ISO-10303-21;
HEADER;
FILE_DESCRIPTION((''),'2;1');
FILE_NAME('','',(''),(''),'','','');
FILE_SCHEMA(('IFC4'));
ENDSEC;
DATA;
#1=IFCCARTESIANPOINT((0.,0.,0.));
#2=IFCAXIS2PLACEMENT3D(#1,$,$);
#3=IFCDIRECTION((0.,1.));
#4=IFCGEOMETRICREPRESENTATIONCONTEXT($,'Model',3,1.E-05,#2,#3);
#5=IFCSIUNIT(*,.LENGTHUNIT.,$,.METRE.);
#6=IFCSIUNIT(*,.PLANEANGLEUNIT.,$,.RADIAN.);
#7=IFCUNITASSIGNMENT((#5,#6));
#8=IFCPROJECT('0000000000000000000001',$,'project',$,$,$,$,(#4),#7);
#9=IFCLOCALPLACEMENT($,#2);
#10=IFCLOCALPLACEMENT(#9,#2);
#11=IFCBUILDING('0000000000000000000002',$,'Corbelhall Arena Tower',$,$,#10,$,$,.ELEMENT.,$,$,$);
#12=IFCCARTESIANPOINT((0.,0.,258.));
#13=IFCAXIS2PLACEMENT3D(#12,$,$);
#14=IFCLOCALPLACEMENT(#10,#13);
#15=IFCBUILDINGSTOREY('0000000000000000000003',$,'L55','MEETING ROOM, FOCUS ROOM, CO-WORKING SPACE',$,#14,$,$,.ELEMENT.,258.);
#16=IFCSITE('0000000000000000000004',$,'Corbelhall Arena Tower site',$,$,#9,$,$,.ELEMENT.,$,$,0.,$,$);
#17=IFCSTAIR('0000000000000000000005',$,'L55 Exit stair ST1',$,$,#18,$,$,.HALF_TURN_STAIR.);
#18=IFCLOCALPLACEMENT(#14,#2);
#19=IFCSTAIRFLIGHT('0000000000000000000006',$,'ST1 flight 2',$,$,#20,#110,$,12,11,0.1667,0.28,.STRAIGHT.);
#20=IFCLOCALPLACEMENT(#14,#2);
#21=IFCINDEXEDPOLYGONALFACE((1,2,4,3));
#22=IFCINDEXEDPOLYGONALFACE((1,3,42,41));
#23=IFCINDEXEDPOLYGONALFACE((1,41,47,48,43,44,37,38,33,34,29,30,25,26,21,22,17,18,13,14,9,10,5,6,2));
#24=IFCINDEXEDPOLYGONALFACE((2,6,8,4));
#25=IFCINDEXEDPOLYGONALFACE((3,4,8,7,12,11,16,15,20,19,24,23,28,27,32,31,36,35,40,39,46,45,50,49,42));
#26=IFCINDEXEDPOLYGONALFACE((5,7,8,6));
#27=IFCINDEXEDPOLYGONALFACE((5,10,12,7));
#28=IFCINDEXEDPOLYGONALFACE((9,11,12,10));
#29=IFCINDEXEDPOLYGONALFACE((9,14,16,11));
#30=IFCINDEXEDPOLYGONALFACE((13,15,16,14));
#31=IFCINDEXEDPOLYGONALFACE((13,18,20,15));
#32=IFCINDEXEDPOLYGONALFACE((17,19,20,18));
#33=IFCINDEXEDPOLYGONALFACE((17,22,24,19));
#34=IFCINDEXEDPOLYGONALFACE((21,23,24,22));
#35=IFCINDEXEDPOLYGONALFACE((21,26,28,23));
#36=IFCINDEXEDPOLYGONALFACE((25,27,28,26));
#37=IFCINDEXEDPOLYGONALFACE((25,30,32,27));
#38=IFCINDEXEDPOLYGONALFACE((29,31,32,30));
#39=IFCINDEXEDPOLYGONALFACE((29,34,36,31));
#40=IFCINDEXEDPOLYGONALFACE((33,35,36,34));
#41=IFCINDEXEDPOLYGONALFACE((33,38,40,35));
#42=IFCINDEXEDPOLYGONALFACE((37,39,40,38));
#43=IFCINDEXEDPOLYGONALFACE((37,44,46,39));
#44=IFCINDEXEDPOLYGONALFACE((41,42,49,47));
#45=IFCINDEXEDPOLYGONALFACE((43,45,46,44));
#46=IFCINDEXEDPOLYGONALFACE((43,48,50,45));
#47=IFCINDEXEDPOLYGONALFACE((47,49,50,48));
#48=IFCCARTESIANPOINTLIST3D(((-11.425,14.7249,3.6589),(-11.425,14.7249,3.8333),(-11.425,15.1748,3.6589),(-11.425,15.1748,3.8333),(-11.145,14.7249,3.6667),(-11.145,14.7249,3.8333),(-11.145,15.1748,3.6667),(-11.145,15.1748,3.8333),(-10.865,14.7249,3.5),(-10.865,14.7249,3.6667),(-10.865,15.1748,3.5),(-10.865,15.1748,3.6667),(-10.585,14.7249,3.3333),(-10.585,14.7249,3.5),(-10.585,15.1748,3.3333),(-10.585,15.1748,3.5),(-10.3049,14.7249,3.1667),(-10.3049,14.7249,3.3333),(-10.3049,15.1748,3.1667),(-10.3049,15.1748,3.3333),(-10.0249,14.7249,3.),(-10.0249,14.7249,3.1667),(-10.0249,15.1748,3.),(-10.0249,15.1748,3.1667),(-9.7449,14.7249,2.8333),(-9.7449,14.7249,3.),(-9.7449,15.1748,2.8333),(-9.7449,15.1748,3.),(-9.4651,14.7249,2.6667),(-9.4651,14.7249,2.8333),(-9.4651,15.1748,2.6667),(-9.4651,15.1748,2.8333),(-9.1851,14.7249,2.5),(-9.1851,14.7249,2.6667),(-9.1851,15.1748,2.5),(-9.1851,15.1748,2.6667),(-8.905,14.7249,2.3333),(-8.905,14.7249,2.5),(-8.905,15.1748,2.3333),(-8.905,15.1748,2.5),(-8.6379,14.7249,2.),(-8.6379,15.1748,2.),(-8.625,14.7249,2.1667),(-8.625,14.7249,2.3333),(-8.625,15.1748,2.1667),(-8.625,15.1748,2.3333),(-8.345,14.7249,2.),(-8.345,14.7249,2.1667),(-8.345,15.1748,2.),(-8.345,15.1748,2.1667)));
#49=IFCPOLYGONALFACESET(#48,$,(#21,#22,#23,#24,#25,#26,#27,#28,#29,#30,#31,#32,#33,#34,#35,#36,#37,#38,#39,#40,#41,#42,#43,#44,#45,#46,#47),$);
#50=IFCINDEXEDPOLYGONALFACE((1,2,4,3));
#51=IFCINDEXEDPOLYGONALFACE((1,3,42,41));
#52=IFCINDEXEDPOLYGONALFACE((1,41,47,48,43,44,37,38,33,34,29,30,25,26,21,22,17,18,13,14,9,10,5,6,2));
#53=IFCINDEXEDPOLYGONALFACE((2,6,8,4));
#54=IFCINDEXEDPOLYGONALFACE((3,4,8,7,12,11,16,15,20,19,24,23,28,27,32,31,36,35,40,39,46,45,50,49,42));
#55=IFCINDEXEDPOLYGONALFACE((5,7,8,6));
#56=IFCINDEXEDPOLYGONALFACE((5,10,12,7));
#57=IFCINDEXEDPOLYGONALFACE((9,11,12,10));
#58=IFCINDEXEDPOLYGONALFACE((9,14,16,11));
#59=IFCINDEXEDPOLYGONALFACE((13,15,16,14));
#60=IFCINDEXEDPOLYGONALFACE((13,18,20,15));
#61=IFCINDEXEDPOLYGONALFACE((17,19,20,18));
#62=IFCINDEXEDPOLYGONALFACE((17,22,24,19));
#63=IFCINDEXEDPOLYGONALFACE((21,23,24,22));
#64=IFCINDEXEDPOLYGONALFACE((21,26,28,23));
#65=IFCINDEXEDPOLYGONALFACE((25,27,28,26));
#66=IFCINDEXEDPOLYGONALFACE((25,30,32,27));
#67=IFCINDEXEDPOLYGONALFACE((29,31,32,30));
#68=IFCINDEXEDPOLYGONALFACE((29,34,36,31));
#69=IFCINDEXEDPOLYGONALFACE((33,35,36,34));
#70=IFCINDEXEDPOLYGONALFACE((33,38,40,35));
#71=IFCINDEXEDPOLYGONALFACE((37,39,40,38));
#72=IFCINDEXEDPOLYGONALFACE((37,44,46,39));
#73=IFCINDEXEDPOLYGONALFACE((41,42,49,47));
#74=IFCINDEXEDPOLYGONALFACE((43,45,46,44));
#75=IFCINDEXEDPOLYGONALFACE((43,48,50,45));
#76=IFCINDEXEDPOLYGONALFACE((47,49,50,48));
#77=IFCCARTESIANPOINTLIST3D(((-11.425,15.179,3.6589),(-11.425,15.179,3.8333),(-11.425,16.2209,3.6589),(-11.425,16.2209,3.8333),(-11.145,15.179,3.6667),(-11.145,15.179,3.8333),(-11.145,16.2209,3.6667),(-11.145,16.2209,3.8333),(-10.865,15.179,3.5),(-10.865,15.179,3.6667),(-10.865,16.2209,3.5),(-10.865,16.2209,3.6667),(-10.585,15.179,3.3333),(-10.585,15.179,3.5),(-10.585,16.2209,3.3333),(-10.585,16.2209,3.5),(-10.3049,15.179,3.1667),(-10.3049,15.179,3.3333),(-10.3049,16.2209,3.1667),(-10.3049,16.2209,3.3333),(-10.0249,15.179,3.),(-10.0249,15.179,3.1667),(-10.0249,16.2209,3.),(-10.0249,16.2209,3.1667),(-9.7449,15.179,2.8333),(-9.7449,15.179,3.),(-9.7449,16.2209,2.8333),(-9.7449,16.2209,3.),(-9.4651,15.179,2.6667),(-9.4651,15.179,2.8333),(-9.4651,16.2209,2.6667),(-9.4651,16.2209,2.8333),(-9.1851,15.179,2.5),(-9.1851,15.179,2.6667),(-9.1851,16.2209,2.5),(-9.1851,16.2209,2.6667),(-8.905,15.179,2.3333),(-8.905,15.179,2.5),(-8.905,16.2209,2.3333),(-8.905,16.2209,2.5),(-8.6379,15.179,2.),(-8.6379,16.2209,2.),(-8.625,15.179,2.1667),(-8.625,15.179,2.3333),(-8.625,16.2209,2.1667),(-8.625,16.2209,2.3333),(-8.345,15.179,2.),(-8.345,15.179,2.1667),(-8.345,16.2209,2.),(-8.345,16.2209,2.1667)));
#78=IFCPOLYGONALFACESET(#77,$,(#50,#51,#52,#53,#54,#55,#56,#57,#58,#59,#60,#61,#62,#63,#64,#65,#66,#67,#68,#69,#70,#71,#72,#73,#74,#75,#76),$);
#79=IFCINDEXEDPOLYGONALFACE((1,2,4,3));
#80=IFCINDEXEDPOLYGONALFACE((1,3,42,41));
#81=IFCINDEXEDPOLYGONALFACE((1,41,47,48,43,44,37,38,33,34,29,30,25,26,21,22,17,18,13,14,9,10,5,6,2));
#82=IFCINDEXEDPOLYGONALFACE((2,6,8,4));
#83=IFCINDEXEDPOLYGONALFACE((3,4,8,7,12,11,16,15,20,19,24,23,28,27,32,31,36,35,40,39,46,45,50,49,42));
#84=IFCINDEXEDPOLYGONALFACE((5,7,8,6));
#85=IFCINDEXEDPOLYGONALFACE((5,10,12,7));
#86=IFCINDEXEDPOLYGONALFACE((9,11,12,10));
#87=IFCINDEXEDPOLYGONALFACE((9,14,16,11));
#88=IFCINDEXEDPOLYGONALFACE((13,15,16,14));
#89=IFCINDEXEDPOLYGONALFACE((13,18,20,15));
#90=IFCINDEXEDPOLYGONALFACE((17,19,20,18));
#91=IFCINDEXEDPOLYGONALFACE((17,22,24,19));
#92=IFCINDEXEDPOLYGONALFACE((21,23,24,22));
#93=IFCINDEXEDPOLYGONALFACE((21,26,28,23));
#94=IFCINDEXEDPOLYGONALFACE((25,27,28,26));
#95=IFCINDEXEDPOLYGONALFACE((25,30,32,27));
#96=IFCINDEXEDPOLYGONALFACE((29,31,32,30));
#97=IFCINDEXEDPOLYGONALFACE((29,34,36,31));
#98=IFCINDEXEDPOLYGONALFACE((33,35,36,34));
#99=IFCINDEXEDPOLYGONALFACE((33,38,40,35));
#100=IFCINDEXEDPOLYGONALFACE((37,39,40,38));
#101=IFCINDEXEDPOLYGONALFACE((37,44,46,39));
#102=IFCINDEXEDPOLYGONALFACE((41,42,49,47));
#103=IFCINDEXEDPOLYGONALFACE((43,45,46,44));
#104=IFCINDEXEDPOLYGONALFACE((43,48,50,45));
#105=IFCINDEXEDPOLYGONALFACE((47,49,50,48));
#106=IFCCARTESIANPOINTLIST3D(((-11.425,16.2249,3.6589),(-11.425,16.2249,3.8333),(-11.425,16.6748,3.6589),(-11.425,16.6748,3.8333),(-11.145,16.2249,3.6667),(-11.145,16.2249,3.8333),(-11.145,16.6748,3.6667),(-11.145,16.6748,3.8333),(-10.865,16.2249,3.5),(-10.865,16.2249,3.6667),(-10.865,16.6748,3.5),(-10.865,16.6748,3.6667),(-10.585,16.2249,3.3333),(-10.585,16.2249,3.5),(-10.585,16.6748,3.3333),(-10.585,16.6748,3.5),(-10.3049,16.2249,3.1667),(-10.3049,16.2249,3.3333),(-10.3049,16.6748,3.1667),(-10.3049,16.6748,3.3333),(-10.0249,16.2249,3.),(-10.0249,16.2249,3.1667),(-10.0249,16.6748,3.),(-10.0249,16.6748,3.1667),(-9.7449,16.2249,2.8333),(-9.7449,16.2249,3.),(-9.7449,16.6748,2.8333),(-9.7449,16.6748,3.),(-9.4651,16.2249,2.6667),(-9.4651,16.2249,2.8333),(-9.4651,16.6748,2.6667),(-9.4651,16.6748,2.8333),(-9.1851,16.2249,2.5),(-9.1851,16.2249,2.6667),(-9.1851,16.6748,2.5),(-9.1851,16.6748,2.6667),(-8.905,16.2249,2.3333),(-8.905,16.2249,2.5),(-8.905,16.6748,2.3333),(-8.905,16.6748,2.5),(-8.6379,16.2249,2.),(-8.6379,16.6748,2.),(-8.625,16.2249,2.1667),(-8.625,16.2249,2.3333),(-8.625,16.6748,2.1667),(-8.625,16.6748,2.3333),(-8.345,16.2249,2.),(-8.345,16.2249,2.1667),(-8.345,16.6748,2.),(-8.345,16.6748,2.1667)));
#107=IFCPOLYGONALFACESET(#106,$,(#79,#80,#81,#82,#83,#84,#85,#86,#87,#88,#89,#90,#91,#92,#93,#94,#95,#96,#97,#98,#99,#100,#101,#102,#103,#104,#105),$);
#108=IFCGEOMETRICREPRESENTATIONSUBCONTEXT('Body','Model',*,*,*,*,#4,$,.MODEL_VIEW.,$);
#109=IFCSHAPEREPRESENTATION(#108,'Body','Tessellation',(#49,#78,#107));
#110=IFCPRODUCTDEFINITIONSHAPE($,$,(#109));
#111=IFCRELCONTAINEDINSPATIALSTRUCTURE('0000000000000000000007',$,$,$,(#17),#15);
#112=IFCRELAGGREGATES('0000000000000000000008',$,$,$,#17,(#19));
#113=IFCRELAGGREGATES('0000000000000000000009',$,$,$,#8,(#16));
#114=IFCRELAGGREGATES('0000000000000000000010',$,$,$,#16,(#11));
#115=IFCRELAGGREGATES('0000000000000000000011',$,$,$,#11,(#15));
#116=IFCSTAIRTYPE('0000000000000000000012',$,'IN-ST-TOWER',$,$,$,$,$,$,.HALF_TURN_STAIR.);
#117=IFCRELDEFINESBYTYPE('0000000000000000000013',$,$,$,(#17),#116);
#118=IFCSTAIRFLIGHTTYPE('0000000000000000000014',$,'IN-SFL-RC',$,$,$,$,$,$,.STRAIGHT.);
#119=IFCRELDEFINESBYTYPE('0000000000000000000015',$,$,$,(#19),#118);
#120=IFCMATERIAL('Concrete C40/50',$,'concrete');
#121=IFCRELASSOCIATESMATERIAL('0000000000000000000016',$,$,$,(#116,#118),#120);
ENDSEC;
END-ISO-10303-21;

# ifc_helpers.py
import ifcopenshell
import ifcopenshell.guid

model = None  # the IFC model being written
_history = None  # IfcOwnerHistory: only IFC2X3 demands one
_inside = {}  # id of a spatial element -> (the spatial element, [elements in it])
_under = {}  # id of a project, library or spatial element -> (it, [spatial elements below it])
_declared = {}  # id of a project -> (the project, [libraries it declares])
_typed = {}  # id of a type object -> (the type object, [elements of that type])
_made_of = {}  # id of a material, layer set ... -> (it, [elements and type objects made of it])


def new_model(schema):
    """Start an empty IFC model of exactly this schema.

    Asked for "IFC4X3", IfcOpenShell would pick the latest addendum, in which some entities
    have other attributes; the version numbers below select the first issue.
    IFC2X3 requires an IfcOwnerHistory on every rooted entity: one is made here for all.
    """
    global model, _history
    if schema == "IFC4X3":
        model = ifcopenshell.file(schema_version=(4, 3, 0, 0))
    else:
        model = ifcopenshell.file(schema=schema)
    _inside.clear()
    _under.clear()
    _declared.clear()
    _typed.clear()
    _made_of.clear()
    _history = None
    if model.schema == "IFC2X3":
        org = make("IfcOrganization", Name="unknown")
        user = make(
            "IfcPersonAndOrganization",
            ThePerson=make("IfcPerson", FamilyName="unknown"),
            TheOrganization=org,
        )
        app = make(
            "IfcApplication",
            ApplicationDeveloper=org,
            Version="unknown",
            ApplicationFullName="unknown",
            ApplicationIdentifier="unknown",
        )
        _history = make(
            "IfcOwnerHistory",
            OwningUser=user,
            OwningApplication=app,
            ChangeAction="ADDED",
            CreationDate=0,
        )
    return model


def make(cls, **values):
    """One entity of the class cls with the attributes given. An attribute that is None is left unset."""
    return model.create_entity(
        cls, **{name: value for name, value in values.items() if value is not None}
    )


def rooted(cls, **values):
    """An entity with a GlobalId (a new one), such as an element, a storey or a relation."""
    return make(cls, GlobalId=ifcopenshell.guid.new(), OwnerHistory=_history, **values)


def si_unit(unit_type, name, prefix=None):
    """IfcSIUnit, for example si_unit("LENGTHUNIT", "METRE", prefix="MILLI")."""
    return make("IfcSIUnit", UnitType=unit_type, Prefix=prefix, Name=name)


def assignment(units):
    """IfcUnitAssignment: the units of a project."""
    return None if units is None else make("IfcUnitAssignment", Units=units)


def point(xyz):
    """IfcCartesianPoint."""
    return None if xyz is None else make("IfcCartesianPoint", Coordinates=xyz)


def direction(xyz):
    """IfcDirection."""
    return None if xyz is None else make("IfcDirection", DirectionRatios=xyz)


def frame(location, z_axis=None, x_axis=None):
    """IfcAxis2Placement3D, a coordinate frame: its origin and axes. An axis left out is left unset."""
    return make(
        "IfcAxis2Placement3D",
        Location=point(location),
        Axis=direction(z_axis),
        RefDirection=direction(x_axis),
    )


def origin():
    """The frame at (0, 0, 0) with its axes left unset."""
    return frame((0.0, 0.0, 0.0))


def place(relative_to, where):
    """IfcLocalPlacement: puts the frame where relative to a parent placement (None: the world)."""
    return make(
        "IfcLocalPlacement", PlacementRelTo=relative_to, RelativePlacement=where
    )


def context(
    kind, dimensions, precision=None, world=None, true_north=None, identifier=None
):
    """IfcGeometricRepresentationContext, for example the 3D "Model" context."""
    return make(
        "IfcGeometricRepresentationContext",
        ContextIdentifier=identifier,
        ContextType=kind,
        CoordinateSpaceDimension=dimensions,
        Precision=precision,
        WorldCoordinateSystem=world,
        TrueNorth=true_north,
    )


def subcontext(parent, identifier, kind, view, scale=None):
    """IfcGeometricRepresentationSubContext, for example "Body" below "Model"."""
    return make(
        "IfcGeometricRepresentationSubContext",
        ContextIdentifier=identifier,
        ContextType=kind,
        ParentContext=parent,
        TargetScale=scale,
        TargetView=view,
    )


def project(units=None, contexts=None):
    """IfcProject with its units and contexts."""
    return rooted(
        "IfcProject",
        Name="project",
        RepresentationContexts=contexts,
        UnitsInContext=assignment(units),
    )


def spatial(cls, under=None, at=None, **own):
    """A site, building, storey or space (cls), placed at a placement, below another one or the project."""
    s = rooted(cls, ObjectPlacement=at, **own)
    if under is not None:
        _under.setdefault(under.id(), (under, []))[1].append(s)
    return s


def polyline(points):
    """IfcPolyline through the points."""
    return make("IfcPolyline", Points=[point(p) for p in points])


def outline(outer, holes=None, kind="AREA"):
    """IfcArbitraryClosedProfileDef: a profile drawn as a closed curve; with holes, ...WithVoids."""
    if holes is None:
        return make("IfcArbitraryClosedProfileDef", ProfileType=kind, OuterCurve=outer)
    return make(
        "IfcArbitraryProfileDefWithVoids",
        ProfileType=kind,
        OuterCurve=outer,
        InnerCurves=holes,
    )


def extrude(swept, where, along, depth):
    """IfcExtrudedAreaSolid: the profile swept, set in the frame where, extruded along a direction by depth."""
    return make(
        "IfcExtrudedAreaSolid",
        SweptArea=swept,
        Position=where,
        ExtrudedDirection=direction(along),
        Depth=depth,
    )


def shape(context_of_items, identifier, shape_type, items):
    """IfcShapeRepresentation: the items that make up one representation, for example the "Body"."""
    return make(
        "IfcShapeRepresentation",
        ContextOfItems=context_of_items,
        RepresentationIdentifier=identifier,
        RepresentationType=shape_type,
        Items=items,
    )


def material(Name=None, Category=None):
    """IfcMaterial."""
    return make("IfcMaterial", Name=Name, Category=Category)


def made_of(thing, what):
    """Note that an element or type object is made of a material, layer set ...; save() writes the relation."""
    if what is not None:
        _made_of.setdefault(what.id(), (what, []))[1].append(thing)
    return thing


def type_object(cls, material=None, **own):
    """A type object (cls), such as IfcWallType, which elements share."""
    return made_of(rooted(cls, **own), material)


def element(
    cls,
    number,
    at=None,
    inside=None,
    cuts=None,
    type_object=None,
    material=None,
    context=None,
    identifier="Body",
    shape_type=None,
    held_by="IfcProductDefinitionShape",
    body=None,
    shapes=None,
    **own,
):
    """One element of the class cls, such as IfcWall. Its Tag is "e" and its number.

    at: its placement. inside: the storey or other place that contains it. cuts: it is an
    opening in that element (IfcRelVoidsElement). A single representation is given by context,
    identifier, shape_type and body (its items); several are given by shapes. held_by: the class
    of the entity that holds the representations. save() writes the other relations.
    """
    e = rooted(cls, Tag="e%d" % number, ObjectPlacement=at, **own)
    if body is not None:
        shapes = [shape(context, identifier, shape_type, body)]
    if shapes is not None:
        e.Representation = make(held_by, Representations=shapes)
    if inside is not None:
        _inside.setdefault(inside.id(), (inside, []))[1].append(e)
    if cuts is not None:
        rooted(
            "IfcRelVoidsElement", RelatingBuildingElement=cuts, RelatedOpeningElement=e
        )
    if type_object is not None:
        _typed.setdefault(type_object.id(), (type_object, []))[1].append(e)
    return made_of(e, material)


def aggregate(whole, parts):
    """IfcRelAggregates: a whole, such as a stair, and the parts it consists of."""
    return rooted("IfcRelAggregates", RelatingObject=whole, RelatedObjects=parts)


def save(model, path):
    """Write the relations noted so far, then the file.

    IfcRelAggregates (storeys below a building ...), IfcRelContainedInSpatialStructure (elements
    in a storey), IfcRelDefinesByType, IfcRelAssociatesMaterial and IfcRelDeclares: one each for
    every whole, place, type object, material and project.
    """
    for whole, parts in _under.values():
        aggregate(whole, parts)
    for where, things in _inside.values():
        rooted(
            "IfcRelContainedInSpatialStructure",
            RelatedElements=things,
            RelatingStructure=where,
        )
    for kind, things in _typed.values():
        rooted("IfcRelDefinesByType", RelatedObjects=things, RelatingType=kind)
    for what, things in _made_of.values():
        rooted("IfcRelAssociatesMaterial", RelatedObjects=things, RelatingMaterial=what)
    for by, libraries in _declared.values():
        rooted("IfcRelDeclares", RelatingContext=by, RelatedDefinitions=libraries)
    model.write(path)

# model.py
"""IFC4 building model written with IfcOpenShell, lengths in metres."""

from ifc_helpers import new_model, si_unit, direction, frame, origin, place, context, subcontext, project, spatial, polyline, outline, extrude, material, type_object, element, aggregate, save


model = new_model("IFC4")

# Units and contexts
model_context = context("Model", 3, precision=1e-05, world=origin(), true_north=direction((0.0, 1.0)))
body_context = subcontext(model_context, "Body", "Model", "MODEL_VIEW")
ifc_project = project(units=[si_unit("LENGTHUNIT", "METRE"), si_unit("PLANEANGLEUNIT", "RADIAN")], contexts=[model_context])

# Site, building, storey
site_placement = place(None, origin())
site = spatial("IfcSite", under=ifc_project, at=site_placement, Name="Corbelhall Arena Tower site", CompositionType="ELEMENT", RefElevation=0.0)
building_placement = place(site_placement, origin())
building = spatial("IfcBuilding", under=site, at=building_placement, Name="Corbelhall Arena Tower", CompositionType="ELEMENT")
storey_placement = place(building_placement, frame((0.0, 0.0, 258.0)))
storey = spatial("IfcBuildingStorey", under=building, at=storey_placement, Name="L55", Description="MEETING ROOM, FOCUS ROOM, CO-WORKING SPACE", CompositionType="ELEMENT", Elevation=258.0)

# Shared definitions
ifc_material_1 = material(Name="Concrete C40/50", Category="concrete")

# Stair, stair flight
stair_type = type_object("IfcStairType", Name="IN-ST-TOWER", PredefinedType="HALF_TURN_STAIR", material=ifc_material_1)
stair_placement = place(storey_placement, origin())
stair = element("IfcStair", 1, at=stair_placement, inside=storey, type_object=stair_type, Name="L55 Exit stair ST1", PredefinedType="HALF_TURN_STAIR")
stair_flight_type = type_object("IfcStairFlightType", Name="IN-SFL-RC", PredefinedType="STRAIGHT", material=ifc_material_1)
stair_flight_1_placement = place(storey_placement, frame((-8.345, 15.7, 2.0), z_axis=(0.0, 0.0, 1.0), x_axis=(-1.0, 0.0, 0.0)))
stair_flight_1 = element("IfcStairFlight", 2, at=stair_flight_1_placement, type_object=stair_flight_type, Name="ST1 flight 2", NumberOfRisers=12, NumberOfTreads=11, PredefinedType="STRAIGHT", RiserHeight=0.1667, TreadLength=0.28, context=body_context, shape_type="SweptSolid", body=[
    extrude(outline(polyline([(0.0, 0.0), (0.0, 0.1667), (0.28, 0.1667), (0.28, 0.3333), (0.5601, 0.3333), (0.5601, 0.5), (0.8401, 0.5), (0.8401, 0.6667), (1.1201, 0.6667), (1.1201, 0.8333), (1.3999, 0.8333), (1.3999, 1.0), (1.6799, 1.0), (1.6799, 1.1667), (1.96, 1.1667), (1.96, 1.3333), (2.24, 1.3333), (2.24, 1.5), (2.52, 1.5), (2.52, 1.6667), (2.8, 1.6667), (2.8, 1.8333), (3.0801, 1.8333), (3.0801, 2.0), (3.0801, 1.6589), (0.293, 0.0), (0.0, 0.0)])), frame((0.0, 0.9751, 0.0), z_axis=(0.0, -1.0, 0.0), x_axis=(1.0, 0.0, 0.0)), (0.0, 0.0, 1.0), 0.45),
    extrude(outline(polyline([(0.0, 0.0), (0.0, 0.1667), (0.28, 0.1667), (0.28, 0.3333), (0.5601, 0.3333), (0.5601, 0.5), (0.8401, 0.5), (0.8401, 0.6667), (1.1201, 0.6667), (1.1201, 0.8333), (1.3999, 0.8333), (1.3999, 1.0), (1.6799, 1.0), (1.6799, 1.1667), (1.96, 1.1667), (1.96, 1.3333), (2.24, 1.3333), (2.24, 1.5), (2.52, 1.5), (2.52, 1.6667), (2.8, 1.6667), (2.8, 1.8333), (3.0801, 1.8333), (3.0801, 2.0), (3.0801, 1.6589), (0.293, 0.0), (0.0, 0.0)])), frame((0.0, 0.521, 0.0), z_axis=(0.0, -1.0, 0.0), x_axis=(1.0, 0.0, 0.0)), (0.0, 0.0, 1.0), 1.042),
    extrude(outline(polyline([(0.0, 0.0), (0.0, 0.1667), (0.28, 0.1667), (0.28, 0.3333), (0.5601, 0.3333), (0.5601, 0.5), (0.8401, 0.5), (0.8401, 0.6667), (1.1201, 0.6667), (1.1201, 0.8333), (1.3999, 0.8333), (1.3999, 1.0), (1.6799, 1.0), (1.6799, 1.1667), (1.96, 1.1667), (1.96, 1.3333), (2.24, 1.3333), (2.24, 1.5), (2.52, 1.5), (2.52, 1.6667), (2.8, 1.6667), (2.8, 1.8333), (3.0801, 1.8333), (3.0801, 2.0), (3.0801, 1.6589), (0.293, 0.0), (0.0, 0.0)])), frame((0.0, -0.5249, 0.0), z_axis=(0.0, -1.0, 0.0), x_axis=(1.0, 0.0, 0.0)), (0.0, 0.0, 1.0), 0.45),
])
aggregate(stair, [stair_flight_1])

save(model, "model.ifc")
